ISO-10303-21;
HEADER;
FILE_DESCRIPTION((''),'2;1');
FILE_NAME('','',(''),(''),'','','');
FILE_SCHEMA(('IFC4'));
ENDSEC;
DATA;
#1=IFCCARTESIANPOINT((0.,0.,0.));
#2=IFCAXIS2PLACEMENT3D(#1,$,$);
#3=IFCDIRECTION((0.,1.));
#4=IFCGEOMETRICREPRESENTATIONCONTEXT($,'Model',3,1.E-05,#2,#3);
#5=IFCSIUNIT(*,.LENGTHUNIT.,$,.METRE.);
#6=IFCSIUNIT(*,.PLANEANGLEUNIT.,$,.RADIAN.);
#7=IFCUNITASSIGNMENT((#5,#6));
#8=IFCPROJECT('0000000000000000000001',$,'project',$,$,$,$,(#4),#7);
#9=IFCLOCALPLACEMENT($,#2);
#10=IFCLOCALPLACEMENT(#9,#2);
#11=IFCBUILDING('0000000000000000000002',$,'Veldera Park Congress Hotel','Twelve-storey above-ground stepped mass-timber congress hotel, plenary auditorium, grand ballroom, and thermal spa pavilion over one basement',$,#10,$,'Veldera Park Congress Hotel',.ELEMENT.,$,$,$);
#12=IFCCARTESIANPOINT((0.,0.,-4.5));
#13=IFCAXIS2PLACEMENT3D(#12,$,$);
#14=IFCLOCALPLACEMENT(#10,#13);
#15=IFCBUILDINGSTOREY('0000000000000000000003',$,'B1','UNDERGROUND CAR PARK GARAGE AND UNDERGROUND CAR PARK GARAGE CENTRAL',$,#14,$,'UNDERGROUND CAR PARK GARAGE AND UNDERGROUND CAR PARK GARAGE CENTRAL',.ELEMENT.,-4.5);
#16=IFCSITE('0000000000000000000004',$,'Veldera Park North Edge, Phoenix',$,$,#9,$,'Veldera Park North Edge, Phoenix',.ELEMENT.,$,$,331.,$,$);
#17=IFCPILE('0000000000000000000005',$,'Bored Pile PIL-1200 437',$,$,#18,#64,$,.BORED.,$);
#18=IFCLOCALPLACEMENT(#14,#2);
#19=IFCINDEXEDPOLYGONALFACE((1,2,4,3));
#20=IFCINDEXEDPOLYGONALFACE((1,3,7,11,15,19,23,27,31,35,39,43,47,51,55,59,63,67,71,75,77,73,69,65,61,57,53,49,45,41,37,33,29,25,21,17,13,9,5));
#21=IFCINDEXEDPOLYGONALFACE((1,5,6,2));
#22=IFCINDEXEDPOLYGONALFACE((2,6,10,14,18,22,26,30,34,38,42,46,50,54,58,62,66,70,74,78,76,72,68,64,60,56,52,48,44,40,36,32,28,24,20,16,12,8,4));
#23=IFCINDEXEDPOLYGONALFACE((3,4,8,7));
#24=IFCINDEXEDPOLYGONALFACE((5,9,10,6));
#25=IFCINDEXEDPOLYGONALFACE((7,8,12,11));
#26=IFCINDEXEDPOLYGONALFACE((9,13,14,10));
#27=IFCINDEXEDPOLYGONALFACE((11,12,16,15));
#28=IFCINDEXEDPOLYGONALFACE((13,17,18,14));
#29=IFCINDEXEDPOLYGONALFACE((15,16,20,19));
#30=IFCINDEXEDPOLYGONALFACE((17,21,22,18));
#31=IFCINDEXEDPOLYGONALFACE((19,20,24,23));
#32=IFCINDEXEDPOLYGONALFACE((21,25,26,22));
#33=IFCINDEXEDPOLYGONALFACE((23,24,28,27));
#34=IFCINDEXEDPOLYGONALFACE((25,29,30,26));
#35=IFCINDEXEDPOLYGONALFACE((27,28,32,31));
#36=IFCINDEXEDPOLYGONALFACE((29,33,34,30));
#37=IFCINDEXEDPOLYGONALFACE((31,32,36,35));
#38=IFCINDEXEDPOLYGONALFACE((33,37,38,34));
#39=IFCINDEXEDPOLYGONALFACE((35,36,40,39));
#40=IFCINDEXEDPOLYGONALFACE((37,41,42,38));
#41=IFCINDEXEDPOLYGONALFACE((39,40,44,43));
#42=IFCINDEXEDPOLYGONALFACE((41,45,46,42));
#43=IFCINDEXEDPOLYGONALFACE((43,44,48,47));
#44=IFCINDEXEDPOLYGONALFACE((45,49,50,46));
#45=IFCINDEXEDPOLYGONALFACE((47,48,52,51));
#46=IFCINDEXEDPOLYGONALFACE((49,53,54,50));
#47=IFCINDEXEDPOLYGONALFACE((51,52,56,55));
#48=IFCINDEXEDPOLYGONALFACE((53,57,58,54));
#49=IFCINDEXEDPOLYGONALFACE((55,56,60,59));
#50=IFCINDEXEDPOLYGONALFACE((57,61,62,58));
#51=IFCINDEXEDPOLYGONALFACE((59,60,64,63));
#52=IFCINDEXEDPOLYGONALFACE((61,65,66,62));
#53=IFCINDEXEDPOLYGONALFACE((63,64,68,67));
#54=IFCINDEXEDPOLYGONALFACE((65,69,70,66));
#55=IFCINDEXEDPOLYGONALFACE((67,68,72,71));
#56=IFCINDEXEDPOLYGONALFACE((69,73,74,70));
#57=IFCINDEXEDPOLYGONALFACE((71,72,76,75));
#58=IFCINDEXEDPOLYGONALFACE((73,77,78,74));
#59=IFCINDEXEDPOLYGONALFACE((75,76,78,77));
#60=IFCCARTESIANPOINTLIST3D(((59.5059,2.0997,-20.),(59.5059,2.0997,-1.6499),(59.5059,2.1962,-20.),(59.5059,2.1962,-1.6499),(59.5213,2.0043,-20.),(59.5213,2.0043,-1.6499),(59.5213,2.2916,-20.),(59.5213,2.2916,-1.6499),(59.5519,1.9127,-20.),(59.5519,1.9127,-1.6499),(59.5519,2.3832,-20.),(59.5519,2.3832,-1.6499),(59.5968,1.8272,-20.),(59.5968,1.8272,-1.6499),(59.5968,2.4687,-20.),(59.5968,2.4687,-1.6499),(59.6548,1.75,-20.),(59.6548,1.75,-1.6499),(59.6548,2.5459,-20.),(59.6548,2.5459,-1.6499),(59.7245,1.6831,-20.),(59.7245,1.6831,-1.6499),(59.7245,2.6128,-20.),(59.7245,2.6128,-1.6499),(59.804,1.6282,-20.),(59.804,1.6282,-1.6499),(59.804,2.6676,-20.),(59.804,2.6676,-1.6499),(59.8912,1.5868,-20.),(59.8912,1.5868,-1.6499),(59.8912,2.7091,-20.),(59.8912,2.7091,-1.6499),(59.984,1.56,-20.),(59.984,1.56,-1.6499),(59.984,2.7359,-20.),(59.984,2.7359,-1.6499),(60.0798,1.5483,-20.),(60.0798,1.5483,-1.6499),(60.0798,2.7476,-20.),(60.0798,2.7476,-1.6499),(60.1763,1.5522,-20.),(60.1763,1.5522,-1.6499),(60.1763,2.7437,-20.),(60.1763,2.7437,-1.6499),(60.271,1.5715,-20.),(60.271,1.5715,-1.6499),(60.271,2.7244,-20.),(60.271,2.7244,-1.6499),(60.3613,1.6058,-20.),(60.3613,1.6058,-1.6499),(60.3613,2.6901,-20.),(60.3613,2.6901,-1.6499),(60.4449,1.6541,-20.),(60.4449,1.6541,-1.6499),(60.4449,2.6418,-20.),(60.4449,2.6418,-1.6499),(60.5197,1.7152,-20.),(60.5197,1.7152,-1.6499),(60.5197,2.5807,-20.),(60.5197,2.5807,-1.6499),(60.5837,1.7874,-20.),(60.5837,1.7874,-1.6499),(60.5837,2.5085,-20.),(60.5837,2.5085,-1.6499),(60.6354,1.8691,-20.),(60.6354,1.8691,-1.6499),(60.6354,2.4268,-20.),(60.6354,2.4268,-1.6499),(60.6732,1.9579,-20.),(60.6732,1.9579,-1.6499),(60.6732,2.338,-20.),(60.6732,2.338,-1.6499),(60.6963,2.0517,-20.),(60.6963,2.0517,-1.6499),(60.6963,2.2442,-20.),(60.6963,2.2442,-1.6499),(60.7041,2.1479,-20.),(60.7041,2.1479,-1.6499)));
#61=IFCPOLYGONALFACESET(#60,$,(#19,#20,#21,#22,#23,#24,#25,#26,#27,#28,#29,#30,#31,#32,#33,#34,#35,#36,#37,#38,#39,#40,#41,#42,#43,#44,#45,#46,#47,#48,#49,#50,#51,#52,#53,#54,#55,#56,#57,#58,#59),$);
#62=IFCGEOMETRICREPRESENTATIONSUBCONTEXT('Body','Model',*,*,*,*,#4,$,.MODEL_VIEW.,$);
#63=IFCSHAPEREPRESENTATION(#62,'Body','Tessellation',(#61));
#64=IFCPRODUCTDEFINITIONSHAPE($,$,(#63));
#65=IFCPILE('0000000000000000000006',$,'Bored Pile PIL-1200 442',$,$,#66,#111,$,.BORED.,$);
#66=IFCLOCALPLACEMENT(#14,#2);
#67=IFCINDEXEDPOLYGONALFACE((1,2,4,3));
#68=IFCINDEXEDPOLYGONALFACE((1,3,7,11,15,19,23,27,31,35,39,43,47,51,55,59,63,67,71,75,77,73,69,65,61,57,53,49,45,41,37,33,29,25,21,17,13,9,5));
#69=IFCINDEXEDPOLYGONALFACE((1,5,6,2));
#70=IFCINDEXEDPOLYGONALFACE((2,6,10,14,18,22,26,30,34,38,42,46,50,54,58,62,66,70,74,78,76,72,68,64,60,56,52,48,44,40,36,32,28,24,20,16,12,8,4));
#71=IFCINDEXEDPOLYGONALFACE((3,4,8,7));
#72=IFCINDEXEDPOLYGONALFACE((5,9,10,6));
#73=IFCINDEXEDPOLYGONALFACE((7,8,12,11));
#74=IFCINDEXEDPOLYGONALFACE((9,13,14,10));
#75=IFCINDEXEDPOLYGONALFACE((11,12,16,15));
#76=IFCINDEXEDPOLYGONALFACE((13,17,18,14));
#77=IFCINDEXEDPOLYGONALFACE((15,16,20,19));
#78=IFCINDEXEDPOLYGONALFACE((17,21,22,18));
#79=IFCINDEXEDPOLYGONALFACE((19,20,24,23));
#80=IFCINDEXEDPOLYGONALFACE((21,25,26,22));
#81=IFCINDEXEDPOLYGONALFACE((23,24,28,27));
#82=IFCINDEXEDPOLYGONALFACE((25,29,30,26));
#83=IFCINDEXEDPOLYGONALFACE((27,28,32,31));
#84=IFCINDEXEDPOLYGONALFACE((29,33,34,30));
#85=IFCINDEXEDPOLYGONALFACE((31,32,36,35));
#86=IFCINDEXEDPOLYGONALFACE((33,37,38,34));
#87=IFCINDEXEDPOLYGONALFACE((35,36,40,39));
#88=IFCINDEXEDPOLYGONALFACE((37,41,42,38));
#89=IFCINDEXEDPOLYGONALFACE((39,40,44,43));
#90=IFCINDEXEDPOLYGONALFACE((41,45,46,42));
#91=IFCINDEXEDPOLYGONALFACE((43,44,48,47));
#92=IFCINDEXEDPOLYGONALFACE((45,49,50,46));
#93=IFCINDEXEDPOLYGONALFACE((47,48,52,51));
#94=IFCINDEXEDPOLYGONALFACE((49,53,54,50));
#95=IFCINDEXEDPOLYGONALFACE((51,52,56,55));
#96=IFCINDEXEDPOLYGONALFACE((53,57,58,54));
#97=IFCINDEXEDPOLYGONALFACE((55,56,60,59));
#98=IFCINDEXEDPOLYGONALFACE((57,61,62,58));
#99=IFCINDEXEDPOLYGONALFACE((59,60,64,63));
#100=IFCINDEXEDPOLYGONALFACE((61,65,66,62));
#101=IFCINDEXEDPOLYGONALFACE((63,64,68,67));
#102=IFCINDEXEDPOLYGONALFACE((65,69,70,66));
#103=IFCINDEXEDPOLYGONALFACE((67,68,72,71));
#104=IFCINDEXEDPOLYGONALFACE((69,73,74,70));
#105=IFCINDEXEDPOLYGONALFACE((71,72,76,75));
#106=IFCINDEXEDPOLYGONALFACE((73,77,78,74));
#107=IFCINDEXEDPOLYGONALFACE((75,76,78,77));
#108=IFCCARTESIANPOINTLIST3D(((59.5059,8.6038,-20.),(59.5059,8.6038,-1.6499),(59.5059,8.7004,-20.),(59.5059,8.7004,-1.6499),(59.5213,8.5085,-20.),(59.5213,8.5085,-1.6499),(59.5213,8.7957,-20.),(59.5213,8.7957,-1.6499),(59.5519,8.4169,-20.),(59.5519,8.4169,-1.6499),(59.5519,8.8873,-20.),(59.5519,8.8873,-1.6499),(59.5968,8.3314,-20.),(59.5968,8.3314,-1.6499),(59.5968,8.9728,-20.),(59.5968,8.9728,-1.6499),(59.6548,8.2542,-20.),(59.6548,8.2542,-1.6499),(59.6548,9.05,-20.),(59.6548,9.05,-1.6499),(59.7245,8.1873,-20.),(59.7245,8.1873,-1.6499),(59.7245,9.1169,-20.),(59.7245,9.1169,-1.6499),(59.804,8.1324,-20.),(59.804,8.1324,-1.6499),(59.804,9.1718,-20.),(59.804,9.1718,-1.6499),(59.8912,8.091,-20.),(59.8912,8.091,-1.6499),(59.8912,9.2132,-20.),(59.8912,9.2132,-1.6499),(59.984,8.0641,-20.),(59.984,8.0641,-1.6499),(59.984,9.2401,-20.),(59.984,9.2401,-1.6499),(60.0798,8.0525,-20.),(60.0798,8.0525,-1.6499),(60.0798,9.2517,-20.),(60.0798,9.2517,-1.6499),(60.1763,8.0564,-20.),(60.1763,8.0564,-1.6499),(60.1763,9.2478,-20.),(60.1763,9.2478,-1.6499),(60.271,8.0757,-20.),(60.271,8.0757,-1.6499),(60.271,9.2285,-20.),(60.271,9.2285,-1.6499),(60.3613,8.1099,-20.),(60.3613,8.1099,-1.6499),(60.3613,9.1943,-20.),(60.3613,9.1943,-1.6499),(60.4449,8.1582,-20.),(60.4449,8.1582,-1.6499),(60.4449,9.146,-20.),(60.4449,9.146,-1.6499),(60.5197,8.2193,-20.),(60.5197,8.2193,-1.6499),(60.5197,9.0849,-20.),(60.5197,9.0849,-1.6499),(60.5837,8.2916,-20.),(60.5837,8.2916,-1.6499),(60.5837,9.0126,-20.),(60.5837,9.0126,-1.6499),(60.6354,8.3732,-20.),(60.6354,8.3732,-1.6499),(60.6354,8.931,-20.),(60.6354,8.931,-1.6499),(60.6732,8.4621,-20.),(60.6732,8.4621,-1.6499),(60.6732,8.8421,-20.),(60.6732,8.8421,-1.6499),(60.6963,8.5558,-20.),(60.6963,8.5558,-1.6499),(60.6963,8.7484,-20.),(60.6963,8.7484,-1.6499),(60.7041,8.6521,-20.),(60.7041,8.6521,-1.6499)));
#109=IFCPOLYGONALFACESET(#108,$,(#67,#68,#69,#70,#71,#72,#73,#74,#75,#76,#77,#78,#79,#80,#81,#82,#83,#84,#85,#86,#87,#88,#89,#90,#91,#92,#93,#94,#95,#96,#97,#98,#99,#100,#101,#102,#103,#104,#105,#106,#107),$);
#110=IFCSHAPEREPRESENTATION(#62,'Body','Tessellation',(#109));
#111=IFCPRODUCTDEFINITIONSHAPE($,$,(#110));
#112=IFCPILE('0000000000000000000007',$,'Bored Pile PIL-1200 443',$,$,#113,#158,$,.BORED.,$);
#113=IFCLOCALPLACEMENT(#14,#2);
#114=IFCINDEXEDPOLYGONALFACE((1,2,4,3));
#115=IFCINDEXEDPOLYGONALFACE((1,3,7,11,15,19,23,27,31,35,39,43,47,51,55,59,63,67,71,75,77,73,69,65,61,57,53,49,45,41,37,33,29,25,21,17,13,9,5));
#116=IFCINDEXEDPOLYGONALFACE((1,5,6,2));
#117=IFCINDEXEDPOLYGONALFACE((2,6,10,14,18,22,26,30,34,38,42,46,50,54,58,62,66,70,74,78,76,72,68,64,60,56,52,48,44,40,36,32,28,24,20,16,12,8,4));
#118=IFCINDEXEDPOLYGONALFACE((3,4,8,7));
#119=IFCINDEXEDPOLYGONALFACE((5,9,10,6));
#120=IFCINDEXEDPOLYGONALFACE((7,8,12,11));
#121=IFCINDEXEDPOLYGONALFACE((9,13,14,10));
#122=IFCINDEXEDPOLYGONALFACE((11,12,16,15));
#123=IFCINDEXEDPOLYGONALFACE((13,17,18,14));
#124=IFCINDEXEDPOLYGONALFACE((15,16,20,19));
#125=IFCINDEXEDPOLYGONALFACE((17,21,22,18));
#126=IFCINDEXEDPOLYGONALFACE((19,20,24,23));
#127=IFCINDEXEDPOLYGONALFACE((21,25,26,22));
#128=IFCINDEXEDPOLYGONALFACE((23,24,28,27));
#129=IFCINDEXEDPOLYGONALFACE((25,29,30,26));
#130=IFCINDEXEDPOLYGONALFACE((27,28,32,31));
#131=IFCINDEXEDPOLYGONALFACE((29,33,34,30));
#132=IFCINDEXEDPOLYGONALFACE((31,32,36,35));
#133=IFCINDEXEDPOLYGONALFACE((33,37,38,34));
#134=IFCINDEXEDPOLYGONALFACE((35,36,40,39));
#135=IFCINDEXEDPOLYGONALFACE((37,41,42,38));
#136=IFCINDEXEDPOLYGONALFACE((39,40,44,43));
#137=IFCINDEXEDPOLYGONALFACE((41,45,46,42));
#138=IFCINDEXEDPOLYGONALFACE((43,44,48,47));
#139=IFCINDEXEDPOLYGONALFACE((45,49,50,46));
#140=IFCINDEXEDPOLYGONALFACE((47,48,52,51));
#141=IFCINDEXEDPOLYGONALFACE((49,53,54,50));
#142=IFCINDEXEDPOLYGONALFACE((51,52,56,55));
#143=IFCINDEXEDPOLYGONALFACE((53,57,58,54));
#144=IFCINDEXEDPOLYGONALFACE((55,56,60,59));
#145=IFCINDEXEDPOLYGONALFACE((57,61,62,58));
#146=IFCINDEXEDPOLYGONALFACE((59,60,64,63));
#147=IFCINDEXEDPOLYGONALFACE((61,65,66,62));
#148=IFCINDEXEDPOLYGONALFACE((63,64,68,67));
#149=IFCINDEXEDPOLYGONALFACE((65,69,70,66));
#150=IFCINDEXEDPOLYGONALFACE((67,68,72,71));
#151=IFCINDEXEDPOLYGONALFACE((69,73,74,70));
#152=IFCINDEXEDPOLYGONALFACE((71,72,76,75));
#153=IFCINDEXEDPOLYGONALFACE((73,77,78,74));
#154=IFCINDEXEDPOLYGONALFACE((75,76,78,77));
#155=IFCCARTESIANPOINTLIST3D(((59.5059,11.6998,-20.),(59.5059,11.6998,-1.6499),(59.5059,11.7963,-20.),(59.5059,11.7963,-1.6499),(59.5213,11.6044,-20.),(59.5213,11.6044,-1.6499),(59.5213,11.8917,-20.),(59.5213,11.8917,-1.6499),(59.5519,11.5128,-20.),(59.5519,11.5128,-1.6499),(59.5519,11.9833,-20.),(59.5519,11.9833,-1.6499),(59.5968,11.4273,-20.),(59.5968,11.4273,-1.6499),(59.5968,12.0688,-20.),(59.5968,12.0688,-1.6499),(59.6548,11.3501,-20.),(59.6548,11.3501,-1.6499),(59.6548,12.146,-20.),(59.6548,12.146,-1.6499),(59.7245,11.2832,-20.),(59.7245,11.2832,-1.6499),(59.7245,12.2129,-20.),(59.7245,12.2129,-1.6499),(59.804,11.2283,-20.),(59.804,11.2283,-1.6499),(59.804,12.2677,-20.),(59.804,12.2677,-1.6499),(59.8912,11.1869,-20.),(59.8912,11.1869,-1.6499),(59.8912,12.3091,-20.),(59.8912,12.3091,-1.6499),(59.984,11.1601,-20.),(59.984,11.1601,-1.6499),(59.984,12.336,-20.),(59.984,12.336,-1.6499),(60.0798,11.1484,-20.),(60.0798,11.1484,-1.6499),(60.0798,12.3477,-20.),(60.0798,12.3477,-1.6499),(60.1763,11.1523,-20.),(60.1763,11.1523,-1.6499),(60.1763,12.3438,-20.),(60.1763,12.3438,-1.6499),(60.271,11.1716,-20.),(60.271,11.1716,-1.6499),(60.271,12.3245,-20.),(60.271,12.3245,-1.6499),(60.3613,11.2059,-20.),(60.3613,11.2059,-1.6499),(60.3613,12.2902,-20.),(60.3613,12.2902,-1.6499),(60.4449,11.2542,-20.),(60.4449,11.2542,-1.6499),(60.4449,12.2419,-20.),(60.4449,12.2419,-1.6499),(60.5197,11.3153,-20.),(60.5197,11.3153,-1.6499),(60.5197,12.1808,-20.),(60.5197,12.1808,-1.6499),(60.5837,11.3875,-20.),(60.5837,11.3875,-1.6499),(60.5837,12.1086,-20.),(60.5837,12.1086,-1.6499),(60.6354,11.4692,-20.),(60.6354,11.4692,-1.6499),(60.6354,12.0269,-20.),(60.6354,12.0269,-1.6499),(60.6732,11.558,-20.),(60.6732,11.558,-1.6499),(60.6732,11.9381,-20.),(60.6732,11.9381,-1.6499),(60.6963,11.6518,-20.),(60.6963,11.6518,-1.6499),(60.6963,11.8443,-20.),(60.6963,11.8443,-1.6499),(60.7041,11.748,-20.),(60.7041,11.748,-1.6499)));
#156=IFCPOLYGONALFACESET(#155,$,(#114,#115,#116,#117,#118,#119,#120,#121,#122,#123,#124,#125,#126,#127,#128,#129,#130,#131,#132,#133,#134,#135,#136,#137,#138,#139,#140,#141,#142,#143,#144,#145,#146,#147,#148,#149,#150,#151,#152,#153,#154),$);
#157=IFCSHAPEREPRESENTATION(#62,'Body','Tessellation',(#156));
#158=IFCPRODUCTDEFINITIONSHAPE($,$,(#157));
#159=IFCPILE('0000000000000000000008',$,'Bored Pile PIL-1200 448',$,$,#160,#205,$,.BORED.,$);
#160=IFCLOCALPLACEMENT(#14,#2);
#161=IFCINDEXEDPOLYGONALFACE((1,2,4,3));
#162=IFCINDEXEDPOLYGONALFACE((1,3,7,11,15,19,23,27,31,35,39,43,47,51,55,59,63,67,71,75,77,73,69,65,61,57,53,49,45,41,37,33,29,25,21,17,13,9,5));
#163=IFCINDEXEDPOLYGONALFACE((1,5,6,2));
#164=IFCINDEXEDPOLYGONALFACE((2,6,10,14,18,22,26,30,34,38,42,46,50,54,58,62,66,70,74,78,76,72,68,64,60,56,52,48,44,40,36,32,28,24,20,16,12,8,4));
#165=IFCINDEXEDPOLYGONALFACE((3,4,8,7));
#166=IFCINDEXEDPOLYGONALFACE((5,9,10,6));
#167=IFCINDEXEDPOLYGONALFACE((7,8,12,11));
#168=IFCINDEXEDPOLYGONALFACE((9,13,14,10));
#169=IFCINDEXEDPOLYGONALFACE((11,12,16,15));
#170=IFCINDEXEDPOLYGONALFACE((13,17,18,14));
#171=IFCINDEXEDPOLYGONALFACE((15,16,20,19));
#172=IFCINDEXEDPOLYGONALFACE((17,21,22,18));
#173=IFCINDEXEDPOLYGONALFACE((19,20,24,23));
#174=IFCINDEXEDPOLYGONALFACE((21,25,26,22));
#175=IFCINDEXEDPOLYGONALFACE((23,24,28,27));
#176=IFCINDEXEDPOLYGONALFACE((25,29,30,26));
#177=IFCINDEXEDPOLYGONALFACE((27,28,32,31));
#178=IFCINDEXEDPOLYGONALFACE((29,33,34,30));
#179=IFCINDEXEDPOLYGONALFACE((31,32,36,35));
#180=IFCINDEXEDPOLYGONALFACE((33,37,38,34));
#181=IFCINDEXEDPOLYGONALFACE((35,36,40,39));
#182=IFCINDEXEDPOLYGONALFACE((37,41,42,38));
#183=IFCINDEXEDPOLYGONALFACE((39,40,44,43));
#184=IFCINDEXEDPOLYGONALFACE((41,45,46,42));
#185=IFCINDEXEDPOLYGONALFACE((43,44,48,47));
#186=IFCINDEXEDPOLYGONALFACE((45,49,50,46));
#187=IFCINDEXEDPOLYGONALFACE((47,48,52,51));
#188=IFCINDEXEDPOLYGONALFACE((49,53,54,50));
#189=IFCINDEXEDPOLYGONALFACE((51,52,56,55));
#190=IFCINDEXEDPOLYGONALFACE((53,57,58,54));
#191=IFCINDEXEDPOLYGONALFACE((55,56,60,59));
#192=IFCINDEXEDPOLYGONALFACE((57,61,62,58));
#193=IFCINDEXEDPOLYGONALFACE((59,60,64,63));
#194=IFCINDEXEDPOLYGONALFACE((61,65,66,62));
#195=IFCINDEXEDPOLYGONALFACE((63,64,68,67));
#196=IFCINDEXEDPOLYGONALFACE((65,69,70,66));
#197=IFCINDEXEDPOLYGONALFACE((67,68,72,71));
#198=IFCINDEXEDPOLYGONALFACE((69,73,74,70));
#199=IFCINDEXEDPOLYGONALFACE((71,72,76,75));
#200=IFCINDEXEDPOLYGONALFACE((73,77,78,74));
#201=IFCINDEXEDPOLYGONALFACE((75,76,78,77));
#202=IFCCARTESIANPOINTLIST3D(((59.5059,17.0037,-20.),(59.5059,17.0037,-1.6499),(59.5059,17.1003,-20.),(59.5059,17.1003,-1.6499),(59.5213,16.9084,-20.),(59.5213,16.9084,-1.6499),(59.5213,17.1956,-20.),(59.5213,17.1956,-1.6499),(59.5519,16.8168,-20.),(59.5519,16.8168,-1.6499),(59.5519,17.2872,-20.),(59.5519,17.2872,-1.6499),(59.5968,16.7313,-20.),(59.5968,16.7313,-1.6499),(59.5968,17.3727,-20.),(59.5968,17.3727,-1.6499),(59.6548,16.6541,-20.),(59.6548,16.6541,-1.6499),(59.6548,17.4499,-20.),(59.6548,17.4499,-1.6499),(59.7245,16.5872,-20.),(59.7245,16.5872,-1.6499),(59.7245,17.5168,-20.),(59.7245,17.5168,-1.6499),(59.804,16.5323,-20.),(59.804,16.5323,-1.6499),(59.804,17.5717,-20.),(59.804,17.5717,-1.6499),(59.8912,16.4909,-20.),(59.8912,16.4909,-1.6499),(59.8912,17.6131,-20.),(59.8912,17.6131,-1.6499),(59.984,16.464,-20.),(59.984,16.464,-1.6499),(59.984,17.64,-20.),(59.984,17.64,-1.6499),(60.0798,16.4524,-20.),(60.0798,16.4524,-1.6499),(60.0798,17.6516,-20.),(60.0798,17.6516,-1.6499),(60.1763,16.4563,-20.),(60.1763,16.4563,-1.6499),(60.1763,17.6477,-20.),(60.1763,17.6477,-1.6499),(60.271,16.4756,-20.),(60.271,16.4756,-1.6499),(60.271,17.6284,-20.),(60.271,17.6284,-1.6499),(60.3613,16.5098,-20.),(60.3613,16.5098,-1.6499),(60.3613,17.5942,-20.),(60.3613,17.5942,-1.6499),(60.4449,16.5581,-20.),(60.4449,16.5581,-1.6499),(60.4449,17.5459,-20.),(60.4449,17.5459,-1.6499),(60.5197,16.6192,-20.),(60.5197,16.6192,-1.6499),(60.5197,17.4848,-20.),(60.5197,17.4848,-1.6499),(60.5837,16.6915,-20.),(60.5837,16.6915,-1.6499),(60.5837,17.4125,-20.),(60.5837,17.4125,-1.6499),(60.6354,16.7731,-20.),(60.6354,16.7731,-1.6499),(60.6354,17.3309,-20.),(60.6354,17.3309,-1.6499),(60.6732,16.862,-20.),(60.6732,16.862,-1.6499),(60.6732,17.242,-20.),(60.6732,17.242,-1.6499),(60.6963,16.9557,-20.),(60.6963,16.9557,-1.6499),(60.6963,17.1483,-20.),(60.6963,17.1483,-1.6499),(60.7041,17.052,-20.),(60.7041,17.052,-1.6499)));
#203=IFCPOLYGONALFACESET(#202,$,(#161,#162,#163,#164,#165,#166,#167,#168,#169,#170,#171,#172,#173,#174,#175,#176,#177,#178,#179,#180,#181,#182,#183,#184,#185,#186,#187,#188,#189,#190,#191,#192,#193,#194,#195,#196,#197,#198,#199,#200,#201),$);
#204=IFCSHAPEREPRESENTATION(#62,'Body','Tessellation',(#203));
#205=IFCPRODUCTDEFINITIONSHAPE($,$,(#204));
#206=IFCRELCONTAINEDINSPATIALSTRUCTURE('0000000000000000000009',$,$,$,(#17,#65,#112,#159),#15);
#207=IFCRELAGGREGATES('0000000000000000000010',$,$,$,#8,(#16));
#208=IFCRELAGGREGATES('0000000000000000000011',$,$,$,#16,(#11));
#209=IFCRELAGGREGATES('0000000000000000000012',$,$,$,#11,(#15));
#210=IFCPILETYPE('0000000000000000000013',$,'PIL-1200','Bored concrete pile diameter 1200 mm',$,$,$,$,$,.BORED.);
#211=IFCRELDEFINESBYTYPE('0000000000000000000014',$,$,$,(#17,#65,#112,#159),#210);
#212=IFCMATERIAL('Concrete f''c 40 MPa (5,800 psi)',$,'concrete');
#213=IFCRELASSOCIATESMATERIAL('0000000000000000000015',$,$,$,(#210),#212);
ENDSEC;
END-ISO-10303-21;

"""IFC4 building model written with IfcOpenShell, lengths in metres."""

from ifc_helpers import new_model, si_unit, direction, frame, origin, origin_2d, place, context, subcontext, project, spatial, circle, extrude, material, material_profile, profile_set, type_object, element, save


model = new_model("IFC4")

# Units and contexts
model_context = context("Model", 3, precision=1e-05, world=origin(), true_north=direction((0.0, 1.0)))
body_context = subcontext(model_context, "Body", "Model", "MODEL_VIEW")
ifc_project = project(units=[si_unit("LENGTHUNIT", "METRE"), si_unit("PLANEANGLEUNIT", "RADIAN")], contexts=[model_context])

# Site, building, storey
site_placement = place(None, origin())
site = spatial("IfcSite", under=ifc_project, at=site_placement, Name="Veldera Park North Edge, Phoenix", LongName="Veldera Park North Edge, Phoenix", CompositionType="ELEMENT", RefElevation=331.0)
building_placement = place(site_placement, origin())
building = spatial("IfcBuilding", under=site, at=building_placement, Name="Veldera Park Congress Hotel", Description="Twelve-storey above-ground stepped mass-timber congress hotel, plenary auditorium, grand ballroom, and thermal spa pavilion over one basement", LongName="Veldera Park Congress Hotel", CompositionType="ELEMENT")
storey_placement = place(building_placement, frame((0.0, 0.0, -4.5)))
storey = spatial("IfcBuildingStorey", under=building, at=storey_placement, Name="B1", Description="UNDERGROUND CAR PARK GARAGE AND UNDERGROUND CAR PARK GARAGE CENTRAL", LongName="UNDERGROUND CAR PARK GARAGE AND UNDERGROUND CAR PARK GARAGE CENTRAL", CompositionType="ELEMENT", Elevation=-4.5)

# Shared definitions
ifc_material_1 = material(Name="Concrete f'c 40 MPa (5,800 psi)", Category="concrete")

# Piles
ifc_material_profile_1 = material_profile(ifc_material_1, circle(Radius=0.6001, at=origin_2d()), Name="PILE D1200")
ifc_profile_set_1 = profile_set([ifc_material_profile_1], Name="Concrete f'c 40 MPa (5,800 psi)")
pile_type_1 = type_object("IfcPileType", Name="PIL-1200", Description="Bored concrete pile diameter 1200 mm", PredefinedType="BORED", material=ifc_profile_set_1)
for number, where, z_axis, x_axis, name in (
    (1, (60.104, 2.1479, -1.6499), (0.0, 0.0, -1.0), (1.0, 0.0, 0.0), "Bored Pile PIL-1200 437"),
    (2, (60.104, 8.6521, -1.6499), (0.0, 0.0, -1.0), (1.0, 0.0, 0.0), "Bored Pile PIL-1200 442"),
    (3, (60.104, 11.748, -1.6499), (0.0, 0.0, -1.0), (1.0, 0.0, 0.0), "Bored Pile PIL-1200 443"),
    (4, (60.104, 17.052, -1.6499), (0.0, 0.0, -1.0), (1.0, 0.0, 0.0), "Bored Pile PIL-1200 448"),
):
    element("IfcPile", number, at=place(storey_placement, frame(where, z_axis=z_axis, x_axis=x_axis)), inside=storey, type_object=pile_type_1, Name=name, PredefinedType="BORED", context=body_context, shape_type="SweptSolid", body=[
        extrude(circle(Radius=0.6001, at=origin_2d()), origin(), (0.0, 0.0, 1.0), 18.3501),
    ])

save(model, "model.ifc")
